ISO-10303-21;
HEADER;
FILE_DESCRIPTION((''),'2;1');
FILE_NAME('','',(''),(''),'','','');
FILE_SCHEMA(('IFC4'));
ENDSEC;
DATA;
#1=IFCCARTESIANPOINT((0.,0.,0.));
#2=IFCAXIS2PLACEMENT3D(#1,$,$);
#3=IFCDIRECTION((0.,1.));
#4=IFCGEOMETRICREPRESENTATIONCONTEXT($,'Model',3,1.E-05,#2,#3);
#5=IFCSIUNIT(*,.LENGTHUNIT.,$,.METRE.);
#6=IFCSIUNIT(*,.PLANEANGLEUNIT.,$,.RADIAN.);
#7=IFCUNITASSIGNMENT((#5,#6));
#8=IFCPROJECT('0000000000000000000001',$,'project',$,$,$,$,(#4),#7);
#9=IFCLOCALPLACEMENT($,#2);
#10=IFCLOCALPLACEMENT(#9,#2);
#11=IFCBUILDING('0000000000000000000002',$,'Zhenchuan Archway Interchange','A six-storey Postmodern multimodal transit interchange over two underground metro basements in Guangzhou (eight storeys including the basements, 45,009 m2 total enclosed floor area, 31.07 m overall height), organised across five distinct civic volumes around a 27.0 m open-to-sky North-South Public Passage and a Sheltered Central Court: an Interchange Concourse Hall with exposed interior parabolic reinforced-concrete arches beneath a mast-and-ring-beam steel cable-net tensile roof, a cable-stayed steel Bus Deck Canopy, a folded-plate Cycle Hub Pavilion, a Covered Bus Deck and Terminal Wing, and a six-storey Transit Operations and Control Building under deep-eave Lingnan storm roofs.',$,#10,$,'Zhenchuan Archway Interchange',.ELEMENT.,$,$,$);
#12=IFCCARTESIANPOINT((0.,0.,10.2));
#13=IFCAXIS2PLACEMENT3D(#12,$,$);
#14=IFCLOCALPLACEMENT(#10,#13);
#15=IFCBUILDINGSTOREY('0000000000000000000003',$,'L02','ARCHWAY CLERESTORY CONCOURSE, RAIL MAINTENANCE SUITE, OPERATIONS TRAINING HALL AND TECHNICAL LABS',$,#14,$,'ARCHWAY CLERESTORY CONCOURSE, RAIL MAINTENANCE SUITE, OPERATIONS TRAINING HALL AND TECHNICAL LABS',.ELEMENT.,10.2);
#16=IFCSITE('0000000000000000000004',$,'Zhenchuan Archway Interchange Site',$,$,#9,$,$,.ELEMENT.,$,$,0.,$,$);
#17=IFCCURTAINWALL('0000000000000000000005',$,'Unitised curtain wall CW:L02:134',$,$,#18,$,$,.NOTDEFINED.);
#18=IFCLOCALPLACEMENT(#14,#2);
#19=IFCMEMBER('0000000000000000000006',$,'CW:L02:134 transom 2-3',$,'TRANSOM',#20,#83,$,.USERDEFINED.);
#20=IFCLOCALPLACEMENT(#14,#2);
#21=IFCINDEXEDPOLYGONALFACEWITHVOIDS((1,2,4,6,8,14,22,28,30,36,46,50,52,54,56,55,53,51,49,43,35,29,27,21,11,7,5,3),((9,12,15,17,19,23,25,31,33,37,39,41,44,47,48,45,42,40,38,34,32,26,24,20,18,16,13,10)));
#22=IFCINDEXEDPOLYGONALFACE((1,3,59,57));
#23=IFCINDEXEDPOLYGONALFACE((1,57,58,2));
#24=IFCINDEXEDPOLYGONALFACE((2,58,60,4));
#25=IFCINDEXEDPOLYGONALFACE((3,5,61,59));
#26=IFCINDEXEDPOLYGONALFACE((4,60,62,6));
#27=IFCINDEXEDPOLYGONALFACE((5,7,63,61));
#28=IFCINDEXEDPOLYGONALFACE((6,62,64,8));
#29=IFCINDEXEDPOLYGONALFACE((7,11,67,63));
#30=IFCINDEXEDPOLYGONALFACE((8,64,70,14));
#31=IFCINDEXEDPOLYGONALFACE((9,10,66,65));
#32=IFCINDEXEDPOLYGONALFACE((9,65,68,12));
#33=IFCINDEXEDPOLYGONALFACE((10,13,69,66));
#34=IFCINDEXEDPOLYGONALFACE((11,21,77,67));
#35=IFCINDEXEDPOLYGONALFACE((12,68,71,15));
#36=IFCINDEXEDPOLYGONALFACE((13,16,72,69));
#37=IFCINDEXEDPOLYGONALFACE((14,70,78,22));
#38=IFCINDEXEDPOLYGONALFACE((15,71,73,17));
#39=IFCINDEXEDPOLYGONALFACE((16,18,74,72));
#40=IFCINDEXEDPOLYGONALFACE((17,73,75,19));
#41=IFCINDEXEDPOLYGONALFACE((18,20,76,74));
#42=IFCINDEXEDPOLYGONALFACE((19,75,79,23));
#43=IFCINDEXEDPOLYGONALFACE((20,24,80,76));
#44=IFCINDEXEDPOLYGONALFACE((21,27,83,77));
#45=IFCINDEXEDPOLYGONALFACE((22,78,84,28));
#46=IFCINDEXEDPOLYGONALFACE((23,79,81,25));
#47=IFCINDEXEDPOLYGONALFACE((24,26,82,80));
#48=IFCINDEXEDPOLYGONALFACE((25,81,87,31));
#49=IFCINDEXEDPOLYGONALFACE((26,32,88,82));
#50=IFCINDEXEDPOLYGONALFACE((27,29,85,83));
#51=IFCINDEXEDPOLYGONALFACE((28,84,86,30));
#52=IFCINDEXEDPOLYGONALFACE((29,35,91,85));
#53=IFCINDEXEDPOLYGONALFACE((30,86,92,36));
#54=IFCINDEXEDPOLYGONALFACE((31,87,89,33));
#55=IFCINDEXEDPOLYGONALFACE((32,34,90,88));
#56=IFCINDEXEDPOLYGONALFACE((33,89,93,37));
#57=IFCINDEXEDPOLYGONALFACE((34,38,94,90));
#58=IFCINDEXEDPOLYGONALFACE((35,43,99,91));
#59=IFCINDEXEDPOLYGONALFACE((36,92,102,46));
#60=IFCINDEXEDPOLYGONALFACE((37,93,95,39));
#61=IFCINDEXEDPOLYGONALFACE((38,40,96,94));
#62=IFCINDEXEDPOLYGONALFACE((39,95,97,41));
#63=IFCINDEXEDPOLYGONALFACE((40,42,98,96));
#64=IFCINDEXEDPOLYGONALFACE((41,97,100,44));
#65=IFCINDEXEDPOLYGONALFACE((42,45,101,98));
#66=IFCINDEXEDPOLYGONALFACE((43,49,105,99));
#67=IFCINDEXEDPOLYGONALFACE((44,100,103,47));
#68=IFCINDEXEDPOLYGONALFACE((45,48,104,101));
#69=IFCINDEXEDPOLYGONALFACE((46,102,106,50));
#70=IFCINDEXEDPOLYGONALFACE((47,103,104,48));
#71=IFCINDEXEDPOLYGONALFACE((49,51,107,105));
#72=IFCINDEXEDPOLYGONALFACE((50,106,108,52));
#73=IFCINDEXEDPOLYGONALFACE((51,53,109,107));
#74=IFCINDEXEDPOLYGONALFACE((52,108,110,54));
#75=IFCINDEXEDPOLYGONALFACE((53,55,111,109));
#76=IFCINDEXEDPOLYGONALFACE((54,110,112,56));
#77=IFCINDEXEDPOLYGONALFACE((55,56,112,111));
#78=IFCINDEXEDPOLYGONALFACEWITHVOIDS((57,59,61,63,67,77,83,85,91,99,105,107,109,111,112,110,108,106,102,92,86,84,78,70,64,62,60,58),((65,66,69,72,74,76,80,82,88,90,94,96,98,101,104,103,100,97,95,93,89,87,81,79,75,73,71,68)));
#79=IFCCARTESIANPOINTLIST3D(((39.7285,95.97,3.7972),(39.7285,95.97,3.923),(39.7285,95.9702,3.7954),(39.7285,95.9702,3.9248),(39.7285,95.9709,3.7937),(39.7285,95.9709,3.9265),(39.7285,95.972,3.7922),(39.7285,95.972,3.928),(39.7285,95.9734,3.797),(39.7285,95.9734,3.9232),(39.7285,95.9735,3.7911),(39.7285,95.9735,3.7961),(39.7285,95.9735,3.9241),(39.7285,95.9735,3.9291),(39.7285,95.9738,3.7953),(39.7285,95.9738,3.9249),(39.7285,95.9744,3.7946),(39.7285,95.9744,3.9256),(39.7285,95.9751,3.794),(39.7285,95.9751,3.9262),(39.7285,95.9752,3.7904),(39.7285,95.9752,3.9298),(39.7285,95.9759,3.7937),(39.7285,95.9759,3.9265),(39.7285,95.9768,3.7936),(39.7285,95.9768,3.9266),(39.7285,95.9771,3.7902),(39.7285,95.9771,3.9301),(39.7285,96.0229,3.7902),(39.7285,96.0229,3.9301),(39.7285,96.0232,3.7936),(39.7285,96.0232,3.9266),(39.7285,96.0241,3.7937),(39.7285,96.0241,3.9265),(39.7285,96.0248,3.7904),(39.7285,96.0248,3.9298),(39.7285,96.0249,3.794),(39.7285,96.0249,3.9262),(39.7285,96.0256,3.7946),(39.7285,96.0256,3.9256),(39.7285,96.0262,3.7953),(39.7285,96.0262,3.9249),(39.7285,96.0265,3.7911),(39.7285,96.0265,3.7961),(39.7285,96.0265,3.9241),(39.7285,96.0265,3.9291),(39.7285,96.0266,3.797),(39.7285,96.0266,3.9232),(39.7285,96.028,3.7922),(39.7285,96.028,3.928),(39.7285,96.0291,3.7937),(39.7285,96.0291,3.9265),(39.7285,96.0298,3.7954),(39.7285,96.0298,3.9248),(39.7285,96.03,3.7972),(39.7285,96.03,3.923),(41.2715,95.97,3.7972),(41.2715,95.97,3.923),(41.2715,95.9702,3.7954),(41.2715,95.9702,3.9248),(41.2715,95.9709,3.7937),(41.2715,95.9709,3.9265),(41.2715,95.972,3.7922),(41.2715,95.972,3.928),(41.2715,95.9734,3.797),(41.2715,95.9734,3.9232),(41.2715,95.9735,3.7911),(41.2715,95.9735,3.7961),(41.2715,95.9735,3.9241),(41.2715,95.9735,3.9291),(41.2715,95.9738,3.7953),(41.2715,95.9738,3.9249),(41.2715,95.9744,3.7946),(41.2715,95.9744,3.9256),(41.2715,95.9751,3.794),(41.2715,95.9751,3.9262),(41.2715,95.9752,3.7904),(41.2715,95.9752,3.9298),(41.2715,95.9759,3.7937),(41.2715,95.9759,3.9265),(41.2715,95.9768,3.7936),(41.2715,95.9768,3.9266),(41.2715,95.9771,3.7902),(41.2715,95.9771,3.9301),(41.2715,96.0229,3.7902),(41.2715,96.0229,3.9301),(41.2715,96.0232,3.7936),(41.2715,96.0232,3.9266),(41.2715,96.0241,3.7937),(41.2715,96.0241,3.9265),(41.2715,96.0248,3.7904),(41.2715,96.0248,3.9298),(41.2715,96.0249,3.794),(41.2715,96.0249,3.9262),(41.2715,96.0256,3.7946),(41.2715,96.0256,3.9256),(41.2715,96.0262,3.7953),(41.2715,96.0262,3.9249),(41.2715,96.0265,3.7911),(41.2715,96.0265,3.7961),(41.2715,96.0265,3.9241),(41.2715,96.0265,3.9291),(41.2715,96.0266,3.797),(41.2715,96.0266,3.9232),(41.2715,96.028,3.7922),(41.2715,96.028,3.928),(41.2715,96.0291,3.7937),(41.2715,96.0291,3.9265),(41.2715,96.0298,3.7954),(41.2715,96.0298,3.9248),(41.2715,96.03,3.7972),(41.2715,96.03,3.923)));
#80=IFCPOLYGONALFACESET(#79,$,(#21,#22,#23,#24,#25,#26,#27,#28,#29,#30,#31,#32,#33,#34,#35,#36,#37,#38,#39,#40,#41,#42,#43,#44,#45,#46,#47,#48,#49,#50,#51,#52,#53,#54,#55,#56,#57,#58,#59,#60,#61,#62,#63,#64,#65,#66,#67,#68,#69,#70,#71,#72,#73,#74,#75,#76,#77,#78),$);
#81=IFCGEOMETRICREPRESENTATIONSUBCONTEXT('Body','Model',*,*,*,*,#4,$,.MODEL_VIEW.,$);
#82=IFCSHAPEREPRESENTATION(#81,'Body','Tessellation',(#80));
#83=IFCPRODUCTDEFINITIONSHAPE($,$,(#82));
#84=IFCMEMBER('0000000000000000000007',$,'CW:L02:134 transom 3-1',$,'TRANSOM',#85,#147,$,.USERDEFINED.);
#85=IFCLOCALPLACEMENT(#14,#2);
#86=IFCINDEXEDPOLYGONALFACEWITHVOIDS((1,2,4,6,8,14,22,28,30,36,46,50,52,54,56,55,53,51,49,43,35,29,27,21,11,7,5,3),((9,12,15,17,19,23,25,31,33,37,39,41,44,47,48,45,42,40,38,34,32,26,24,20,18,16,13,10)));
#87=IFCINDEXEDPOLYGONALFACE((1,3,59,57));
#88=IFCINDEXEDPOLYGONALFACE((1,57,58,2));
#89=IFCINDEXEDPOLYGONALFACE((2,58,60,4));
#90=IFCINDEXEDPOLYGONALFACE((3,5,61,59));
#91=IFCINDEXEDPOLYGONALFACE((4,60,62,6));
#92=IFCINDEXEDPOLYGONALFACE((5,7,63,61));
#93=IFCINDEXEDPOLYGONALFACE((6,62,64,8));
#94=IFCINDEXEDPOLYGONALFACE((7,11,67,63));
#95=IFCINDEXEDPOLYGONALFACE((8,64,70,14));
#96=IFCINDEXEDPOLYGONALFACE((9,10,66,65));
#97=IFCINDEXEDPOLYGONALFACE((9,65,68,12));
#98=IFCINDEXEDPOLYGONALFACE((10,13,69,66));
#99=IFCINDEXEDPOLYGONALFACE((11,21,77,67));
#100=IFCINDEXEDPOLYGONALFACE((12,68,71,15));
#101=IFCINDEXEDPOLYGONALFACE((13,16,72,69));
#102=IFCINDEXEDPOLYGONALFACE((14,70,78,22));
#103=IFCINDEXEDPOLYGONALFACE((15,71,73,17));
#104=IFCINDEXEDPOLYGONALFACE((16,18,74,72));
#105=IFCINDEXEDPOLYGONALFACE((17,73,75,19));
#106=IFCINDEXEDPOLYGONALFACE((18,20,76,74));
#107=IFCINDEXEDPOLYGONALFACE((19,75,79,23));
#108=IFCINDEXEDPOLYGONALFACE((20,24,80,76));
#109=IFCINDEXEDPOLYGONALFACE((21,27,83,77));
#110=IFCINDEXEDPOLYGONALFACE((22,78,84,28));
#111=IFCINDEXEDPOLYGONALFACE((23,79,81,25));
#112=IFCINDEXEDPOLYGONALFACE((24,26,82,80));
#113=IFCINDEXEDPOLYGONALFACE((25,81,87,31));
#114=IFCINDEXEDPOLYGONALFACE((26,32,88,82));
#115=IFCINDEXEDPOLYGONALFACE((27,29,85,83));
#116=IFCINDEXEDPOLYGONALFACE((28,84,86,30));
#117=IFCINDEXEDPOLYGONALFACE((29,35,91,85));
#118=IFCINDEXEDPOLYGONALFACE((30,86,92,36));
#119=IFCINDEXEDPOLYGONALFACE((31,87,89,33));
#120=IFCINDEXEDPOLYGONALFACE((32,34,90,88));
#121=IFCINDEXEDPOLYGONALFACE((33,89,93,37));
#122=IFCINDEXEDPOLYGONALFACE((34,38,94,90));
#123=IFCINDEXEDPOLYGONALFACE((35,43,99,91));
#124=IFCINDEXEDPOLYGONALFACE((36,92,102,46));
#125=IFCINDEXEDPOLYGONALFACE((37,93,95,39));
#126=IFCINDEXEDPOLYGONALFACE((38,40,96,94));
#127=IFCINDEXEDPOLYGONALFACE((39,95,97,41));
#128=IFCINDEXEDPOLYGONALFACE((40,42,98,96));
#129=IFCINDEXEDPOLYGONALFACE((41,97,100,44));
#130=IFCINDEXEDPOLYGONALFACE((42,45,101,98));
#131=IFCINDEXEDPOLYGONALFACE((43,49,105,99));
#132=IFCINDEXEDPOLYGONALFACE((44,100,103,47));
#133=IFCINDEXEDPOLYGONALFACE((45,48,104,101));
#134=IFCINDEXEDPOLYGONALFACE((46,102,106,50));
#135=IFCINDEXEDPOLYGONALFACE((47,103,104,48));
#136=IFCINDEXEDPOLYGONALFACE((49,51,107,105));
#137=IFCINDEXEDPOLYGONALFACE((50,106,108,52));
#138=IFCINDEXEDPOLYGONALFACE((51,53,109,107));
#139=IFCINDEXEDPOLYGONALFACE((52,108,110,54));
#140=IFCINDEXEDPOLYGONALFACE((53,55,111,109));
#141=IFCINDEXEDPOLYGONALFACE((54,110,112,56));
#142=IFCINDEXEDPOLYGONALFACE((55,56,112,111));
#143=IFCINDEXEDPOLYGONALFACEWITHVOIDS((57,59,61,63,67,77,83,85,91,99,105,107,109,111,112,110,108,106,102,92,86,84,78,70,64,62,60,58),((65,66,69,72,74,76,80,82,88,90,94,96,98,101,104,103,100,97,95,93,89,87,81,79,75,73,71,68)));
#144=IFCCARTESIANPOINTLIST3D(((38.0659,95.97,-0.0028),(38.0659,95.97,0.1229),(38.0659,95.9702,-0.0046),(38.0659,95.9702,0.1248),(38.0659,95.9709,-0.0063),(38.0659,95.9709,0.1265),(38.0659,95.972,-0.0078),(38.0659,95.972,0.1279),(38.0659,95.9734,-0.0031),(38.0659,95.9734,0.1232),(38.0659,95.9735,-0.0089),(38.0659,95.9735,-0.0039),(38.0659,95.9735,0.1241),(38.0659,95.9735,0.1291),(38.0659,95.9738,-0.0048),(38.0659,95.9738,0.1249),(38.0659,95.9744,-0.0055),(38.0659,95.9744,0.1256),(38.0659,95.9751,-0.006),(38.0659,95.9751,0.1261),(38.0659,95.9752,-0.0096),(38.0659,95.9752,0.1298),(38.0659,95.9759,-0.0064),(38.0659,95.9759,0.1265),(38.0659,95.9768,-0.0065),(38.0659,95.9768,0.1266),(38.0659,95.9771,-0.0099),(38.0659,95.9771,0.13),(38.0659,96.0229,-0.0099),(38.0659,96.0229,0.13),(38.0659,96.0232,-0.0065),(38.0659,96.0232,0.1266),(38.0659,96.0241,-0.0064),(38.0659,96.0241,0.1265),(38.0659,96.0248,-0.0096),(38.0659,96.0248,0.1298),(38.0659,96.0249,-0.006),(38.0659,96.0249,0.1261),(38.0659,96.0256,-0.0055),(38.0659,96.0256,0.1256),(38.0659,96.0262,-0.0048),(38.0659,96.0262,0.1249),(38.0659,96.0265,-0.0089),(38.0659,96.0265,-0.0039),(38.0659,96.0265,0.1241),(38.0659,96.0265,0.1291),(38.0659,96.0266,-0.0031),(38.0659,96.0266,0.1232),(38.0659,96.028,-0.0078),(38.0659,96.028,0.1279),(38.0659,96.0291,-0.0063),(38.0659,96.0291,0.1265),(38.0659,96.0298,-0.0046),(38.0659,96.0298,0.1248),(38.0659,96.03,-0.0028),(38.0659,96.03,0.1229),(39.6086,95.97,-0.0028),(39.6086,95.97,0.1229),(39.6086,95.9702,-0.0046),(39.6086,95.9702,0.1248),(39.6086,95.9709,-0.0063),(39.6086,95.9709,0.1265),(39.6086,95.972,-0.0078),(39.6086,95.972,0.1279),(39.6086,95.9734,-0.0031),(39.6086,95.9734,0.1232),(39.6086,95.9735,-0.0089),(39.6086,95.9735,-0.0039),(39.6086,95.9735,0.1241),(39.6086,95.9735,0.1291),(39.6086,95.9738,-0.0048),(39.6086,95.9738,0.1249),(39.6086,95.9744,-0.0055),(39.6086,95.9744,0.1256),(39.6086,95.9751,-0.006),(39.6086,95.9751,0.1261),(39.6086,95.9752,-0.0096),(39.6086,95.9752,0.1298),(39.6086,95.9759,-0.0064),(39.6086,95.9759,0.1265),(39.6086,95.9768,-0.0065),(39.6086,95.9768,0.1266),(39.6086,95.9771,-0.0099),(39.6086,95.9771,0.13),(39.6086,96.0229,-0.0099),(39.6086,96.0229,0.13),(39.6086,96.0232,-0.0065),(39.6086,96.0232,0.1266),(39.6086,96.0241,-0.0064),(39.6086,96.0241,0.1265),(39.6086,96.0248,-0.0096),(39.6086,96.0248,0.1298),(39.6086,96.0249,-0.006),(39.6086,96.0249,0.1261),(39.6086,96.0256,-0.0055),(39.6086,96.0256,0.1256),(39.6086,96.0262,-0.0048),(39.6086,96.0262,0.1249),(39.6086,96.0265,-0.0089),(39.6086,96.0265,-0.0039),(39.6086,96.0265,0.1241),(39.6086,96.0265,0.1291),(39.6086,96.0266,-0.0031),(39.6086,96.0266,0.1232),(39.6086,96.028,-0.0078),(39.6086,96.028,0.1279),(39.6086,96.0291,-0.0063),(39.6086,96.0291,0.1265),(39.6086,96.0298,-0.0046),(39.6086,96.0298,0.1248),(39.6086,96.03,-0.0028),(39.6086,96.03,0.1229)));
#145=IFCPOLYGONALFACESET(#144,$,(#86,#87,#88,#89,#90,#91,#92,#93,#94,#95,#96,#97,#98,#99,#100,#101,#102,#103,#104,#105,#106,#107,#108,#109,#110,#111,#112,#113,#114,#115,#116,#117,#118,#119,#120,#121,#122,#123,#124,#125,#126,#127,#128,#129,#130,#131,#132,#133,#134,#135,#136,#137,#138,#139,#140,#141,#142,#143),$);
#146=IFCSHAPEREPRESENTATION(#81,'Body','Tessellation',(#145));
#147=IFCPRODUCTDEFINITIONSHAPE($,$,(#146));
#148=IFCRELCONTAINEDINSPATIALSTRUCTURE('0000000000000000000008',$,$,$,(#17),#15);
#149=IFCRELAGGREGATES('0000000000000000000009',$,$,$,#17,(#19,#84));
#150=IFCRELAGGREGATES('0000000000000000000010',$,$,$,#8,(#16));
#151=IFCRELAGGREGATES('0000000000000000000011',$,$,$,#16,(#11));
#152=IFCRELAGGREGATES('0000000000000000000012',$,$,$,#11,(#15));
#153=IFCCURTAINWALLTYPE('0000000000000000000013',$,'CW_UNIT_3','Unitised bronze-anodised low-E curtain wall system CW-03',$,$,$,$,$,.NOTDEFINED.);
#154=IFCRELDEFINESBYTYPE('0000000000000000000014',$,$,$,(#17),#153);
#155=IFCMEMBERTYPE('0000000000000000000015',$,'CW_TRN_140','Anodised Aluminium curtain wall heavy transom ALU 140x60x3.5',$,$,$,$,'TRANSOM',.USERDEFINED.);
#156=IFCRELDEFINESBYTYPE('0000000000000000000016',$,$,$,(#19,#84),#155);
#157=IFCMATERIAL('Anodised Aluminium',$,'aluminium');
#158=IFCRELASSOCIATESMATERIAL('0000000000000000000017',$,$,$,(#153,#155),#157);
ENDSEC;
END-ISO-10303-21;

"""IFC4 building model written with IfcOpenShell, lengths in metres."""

from ifc_helpers import new_model, si_unit, direction, frame, origin, origin_2d, place, context, subcontext, project, spatial, hollow_rectangle, extrude, material, material_profile, profile_set, type_object, element, aggregate, save


model = new_model("IFC4")

# Units and contexts
model_context = context("Model", 3, precision=1e-05, world=origin(), true_north=direction((0.0, 1.0)))
body_context = subcontext(model_context, "Body", "Model", "MODEL_VIEW")
ifc_project = project(units=[si_unit("LENGTHUNIT", "METRE"), si_unit("PLANEANGLEUNIT", "RADIAN")], contexts=[model_context])

# Site, building, storey
site_placement = place(None, origin())
site = spatial("IfcSite", under=ifc_project, at=site_placement, Name="Zhenchuan Archway Interchange Site", CompositionType="ELEMENT", RefElevation=0.0)
building_placement = place(site_placement, origin())
building = spatial("IfcBuilding", under=site, at=building_placement, Name="Zhenchuan Archway Interchange", Description="A six-storey Postmodern multimodal transit interchange over two underground metro basements in Guangzhou (eight storeys including the basements, 45,009 m2 total enclosed floor area, 31.07 m overall height), organised across five distinct civic volumes around a 27.0 m open-to-sky North-South Public Passage and a Sheltered Central Court: an Interchange Concourse Hall with exposed interior parabolic reinforced-concrete arches beneath a mast-and-ring-beam steel cable-net tensile roof, a cable-stayed steel Bus Deck Canopy, a folded-plate Cycle Hub Pavilion, a Covered Bus Deck and Terminal Wing, and a six-storey Transit Operations and Control Building under deep-eave Lingnan storm roofs.", LongName="Zhenchuan Archway Interchange", CompositionType="ELEMENT")
storey_placement = place(building_placement, frame((0.0, 0.0, 10.2)))
storey = spatial("IfcBuildingStorey", under=building, at=storey_placement, Name="L02", Description="ARCHWAY CLERESTORY CONCOURSE, RAIL MAINTENANCE SUITE, OPERATIONS TRAINING HALL AND TECHNICAL LABS", LongName="ARCHWAY CLERESTORY CONCOURSE, RAIL MAINTENANCE SUITE, OPERATIONS TRAINING HALL AND TECHNICAL LABS", CompositionType="ELEMENT", Elevation=10.2)

# Curtain wall, members
ifc_material_1 = material(Name="Anodised Aluminium", Category="aluminium")
curtain_wall_type = type_object("IfcCurtainWallType", Name="CW_UNIT_3", Description="Unitised bronze-anodised low-E curtain wall system CW-03", PredefinedType="NOTDEFINED", material=ifc_material_1)
curtain_wall_placement = place(storey_placement, origin())
curtain_wall = element("IfcCurtainWall", 1, at=curtain_wall_placement, inside=storey, type_object=curtain_wall_type, Name="Unitised curtain wall CW:L02:134", PredefinedType="NOTDEFINED")
ifc_material_profile_1 = material_profile(ifc_material_1, hollow_rectangle(XDim=0.0601, YDim=0.1399, WallThickness=0.0034, InnerFilletRadius=0.0034, OuterFilletRadius=0.0071, at=origin_2d()), Name="ALU 140x60x3.5")
ifc_profile_set_1 = profile_set([ifc_material_profile_1], Name="Anodised Aluminium")
member_type_1 = type_object("IfcMemberType", Name="CW_TRN_140", Description="Anodised Aluminium curtain wall heavy transom ALU 140x60x3.5", ElementType="TRANSOM", PredefinedType="USERDEFINED", material=ifc_profile_set_1)
member_1_placement = place(storey_placement, frame((41.2715, 96.0, 3.8601), z_axis=(-1.0, 0.0, 0.0), x_axis=(0.0, -1.0, 0.0)))
member_1 = element("IfcMember", 2, at=member_1_placement, type_object=member_type_1, Name="CW:L02:134 transom 2-3", ObjectType="TRANSOM", PredefinedType="USERDEFINED", context=body_context, shape_type="SweptSolid", body=[
    extrude(hollow_rectangle(XDim=0.0601, YDim=0.1399, WallThickness=0.0034, InnerFilletRadius=0.0034, OuterFilletRadius=0.0071, at=origin_2d()), origin(), (0.0, 0.0, 1.0), 1.543),
])
member_2_placement = place(storey_placement, frame((39.6086, 96.0, 0.0601), z_axis=(-1.0, 0.0, 0.0), x_axis=(0.0, -1.0, 0.0)))
member_2 = element("IfcMember", 3, at=member_2_placement, type_object=member_type_1, Name="CW:L02:134 transom 3-1", ObjectType="TRANSOM", PredefinedType="USERDEFINED", context=body_context, shape_type="SweptSolid", body=[
    extrude(hollow_rectangle(XDim=0.0601, YDim=0.1399, WallThickness=0.0034, InnerFilletRadius=0.0034, OuterFilletRadius=0.0071, at=origin_2d()), origin(), (0.0, 0.0, 1.0), 1.5427),
])

aggregate(curtain_wall, [member_1, member_2])

save(model, "model.ifc")
